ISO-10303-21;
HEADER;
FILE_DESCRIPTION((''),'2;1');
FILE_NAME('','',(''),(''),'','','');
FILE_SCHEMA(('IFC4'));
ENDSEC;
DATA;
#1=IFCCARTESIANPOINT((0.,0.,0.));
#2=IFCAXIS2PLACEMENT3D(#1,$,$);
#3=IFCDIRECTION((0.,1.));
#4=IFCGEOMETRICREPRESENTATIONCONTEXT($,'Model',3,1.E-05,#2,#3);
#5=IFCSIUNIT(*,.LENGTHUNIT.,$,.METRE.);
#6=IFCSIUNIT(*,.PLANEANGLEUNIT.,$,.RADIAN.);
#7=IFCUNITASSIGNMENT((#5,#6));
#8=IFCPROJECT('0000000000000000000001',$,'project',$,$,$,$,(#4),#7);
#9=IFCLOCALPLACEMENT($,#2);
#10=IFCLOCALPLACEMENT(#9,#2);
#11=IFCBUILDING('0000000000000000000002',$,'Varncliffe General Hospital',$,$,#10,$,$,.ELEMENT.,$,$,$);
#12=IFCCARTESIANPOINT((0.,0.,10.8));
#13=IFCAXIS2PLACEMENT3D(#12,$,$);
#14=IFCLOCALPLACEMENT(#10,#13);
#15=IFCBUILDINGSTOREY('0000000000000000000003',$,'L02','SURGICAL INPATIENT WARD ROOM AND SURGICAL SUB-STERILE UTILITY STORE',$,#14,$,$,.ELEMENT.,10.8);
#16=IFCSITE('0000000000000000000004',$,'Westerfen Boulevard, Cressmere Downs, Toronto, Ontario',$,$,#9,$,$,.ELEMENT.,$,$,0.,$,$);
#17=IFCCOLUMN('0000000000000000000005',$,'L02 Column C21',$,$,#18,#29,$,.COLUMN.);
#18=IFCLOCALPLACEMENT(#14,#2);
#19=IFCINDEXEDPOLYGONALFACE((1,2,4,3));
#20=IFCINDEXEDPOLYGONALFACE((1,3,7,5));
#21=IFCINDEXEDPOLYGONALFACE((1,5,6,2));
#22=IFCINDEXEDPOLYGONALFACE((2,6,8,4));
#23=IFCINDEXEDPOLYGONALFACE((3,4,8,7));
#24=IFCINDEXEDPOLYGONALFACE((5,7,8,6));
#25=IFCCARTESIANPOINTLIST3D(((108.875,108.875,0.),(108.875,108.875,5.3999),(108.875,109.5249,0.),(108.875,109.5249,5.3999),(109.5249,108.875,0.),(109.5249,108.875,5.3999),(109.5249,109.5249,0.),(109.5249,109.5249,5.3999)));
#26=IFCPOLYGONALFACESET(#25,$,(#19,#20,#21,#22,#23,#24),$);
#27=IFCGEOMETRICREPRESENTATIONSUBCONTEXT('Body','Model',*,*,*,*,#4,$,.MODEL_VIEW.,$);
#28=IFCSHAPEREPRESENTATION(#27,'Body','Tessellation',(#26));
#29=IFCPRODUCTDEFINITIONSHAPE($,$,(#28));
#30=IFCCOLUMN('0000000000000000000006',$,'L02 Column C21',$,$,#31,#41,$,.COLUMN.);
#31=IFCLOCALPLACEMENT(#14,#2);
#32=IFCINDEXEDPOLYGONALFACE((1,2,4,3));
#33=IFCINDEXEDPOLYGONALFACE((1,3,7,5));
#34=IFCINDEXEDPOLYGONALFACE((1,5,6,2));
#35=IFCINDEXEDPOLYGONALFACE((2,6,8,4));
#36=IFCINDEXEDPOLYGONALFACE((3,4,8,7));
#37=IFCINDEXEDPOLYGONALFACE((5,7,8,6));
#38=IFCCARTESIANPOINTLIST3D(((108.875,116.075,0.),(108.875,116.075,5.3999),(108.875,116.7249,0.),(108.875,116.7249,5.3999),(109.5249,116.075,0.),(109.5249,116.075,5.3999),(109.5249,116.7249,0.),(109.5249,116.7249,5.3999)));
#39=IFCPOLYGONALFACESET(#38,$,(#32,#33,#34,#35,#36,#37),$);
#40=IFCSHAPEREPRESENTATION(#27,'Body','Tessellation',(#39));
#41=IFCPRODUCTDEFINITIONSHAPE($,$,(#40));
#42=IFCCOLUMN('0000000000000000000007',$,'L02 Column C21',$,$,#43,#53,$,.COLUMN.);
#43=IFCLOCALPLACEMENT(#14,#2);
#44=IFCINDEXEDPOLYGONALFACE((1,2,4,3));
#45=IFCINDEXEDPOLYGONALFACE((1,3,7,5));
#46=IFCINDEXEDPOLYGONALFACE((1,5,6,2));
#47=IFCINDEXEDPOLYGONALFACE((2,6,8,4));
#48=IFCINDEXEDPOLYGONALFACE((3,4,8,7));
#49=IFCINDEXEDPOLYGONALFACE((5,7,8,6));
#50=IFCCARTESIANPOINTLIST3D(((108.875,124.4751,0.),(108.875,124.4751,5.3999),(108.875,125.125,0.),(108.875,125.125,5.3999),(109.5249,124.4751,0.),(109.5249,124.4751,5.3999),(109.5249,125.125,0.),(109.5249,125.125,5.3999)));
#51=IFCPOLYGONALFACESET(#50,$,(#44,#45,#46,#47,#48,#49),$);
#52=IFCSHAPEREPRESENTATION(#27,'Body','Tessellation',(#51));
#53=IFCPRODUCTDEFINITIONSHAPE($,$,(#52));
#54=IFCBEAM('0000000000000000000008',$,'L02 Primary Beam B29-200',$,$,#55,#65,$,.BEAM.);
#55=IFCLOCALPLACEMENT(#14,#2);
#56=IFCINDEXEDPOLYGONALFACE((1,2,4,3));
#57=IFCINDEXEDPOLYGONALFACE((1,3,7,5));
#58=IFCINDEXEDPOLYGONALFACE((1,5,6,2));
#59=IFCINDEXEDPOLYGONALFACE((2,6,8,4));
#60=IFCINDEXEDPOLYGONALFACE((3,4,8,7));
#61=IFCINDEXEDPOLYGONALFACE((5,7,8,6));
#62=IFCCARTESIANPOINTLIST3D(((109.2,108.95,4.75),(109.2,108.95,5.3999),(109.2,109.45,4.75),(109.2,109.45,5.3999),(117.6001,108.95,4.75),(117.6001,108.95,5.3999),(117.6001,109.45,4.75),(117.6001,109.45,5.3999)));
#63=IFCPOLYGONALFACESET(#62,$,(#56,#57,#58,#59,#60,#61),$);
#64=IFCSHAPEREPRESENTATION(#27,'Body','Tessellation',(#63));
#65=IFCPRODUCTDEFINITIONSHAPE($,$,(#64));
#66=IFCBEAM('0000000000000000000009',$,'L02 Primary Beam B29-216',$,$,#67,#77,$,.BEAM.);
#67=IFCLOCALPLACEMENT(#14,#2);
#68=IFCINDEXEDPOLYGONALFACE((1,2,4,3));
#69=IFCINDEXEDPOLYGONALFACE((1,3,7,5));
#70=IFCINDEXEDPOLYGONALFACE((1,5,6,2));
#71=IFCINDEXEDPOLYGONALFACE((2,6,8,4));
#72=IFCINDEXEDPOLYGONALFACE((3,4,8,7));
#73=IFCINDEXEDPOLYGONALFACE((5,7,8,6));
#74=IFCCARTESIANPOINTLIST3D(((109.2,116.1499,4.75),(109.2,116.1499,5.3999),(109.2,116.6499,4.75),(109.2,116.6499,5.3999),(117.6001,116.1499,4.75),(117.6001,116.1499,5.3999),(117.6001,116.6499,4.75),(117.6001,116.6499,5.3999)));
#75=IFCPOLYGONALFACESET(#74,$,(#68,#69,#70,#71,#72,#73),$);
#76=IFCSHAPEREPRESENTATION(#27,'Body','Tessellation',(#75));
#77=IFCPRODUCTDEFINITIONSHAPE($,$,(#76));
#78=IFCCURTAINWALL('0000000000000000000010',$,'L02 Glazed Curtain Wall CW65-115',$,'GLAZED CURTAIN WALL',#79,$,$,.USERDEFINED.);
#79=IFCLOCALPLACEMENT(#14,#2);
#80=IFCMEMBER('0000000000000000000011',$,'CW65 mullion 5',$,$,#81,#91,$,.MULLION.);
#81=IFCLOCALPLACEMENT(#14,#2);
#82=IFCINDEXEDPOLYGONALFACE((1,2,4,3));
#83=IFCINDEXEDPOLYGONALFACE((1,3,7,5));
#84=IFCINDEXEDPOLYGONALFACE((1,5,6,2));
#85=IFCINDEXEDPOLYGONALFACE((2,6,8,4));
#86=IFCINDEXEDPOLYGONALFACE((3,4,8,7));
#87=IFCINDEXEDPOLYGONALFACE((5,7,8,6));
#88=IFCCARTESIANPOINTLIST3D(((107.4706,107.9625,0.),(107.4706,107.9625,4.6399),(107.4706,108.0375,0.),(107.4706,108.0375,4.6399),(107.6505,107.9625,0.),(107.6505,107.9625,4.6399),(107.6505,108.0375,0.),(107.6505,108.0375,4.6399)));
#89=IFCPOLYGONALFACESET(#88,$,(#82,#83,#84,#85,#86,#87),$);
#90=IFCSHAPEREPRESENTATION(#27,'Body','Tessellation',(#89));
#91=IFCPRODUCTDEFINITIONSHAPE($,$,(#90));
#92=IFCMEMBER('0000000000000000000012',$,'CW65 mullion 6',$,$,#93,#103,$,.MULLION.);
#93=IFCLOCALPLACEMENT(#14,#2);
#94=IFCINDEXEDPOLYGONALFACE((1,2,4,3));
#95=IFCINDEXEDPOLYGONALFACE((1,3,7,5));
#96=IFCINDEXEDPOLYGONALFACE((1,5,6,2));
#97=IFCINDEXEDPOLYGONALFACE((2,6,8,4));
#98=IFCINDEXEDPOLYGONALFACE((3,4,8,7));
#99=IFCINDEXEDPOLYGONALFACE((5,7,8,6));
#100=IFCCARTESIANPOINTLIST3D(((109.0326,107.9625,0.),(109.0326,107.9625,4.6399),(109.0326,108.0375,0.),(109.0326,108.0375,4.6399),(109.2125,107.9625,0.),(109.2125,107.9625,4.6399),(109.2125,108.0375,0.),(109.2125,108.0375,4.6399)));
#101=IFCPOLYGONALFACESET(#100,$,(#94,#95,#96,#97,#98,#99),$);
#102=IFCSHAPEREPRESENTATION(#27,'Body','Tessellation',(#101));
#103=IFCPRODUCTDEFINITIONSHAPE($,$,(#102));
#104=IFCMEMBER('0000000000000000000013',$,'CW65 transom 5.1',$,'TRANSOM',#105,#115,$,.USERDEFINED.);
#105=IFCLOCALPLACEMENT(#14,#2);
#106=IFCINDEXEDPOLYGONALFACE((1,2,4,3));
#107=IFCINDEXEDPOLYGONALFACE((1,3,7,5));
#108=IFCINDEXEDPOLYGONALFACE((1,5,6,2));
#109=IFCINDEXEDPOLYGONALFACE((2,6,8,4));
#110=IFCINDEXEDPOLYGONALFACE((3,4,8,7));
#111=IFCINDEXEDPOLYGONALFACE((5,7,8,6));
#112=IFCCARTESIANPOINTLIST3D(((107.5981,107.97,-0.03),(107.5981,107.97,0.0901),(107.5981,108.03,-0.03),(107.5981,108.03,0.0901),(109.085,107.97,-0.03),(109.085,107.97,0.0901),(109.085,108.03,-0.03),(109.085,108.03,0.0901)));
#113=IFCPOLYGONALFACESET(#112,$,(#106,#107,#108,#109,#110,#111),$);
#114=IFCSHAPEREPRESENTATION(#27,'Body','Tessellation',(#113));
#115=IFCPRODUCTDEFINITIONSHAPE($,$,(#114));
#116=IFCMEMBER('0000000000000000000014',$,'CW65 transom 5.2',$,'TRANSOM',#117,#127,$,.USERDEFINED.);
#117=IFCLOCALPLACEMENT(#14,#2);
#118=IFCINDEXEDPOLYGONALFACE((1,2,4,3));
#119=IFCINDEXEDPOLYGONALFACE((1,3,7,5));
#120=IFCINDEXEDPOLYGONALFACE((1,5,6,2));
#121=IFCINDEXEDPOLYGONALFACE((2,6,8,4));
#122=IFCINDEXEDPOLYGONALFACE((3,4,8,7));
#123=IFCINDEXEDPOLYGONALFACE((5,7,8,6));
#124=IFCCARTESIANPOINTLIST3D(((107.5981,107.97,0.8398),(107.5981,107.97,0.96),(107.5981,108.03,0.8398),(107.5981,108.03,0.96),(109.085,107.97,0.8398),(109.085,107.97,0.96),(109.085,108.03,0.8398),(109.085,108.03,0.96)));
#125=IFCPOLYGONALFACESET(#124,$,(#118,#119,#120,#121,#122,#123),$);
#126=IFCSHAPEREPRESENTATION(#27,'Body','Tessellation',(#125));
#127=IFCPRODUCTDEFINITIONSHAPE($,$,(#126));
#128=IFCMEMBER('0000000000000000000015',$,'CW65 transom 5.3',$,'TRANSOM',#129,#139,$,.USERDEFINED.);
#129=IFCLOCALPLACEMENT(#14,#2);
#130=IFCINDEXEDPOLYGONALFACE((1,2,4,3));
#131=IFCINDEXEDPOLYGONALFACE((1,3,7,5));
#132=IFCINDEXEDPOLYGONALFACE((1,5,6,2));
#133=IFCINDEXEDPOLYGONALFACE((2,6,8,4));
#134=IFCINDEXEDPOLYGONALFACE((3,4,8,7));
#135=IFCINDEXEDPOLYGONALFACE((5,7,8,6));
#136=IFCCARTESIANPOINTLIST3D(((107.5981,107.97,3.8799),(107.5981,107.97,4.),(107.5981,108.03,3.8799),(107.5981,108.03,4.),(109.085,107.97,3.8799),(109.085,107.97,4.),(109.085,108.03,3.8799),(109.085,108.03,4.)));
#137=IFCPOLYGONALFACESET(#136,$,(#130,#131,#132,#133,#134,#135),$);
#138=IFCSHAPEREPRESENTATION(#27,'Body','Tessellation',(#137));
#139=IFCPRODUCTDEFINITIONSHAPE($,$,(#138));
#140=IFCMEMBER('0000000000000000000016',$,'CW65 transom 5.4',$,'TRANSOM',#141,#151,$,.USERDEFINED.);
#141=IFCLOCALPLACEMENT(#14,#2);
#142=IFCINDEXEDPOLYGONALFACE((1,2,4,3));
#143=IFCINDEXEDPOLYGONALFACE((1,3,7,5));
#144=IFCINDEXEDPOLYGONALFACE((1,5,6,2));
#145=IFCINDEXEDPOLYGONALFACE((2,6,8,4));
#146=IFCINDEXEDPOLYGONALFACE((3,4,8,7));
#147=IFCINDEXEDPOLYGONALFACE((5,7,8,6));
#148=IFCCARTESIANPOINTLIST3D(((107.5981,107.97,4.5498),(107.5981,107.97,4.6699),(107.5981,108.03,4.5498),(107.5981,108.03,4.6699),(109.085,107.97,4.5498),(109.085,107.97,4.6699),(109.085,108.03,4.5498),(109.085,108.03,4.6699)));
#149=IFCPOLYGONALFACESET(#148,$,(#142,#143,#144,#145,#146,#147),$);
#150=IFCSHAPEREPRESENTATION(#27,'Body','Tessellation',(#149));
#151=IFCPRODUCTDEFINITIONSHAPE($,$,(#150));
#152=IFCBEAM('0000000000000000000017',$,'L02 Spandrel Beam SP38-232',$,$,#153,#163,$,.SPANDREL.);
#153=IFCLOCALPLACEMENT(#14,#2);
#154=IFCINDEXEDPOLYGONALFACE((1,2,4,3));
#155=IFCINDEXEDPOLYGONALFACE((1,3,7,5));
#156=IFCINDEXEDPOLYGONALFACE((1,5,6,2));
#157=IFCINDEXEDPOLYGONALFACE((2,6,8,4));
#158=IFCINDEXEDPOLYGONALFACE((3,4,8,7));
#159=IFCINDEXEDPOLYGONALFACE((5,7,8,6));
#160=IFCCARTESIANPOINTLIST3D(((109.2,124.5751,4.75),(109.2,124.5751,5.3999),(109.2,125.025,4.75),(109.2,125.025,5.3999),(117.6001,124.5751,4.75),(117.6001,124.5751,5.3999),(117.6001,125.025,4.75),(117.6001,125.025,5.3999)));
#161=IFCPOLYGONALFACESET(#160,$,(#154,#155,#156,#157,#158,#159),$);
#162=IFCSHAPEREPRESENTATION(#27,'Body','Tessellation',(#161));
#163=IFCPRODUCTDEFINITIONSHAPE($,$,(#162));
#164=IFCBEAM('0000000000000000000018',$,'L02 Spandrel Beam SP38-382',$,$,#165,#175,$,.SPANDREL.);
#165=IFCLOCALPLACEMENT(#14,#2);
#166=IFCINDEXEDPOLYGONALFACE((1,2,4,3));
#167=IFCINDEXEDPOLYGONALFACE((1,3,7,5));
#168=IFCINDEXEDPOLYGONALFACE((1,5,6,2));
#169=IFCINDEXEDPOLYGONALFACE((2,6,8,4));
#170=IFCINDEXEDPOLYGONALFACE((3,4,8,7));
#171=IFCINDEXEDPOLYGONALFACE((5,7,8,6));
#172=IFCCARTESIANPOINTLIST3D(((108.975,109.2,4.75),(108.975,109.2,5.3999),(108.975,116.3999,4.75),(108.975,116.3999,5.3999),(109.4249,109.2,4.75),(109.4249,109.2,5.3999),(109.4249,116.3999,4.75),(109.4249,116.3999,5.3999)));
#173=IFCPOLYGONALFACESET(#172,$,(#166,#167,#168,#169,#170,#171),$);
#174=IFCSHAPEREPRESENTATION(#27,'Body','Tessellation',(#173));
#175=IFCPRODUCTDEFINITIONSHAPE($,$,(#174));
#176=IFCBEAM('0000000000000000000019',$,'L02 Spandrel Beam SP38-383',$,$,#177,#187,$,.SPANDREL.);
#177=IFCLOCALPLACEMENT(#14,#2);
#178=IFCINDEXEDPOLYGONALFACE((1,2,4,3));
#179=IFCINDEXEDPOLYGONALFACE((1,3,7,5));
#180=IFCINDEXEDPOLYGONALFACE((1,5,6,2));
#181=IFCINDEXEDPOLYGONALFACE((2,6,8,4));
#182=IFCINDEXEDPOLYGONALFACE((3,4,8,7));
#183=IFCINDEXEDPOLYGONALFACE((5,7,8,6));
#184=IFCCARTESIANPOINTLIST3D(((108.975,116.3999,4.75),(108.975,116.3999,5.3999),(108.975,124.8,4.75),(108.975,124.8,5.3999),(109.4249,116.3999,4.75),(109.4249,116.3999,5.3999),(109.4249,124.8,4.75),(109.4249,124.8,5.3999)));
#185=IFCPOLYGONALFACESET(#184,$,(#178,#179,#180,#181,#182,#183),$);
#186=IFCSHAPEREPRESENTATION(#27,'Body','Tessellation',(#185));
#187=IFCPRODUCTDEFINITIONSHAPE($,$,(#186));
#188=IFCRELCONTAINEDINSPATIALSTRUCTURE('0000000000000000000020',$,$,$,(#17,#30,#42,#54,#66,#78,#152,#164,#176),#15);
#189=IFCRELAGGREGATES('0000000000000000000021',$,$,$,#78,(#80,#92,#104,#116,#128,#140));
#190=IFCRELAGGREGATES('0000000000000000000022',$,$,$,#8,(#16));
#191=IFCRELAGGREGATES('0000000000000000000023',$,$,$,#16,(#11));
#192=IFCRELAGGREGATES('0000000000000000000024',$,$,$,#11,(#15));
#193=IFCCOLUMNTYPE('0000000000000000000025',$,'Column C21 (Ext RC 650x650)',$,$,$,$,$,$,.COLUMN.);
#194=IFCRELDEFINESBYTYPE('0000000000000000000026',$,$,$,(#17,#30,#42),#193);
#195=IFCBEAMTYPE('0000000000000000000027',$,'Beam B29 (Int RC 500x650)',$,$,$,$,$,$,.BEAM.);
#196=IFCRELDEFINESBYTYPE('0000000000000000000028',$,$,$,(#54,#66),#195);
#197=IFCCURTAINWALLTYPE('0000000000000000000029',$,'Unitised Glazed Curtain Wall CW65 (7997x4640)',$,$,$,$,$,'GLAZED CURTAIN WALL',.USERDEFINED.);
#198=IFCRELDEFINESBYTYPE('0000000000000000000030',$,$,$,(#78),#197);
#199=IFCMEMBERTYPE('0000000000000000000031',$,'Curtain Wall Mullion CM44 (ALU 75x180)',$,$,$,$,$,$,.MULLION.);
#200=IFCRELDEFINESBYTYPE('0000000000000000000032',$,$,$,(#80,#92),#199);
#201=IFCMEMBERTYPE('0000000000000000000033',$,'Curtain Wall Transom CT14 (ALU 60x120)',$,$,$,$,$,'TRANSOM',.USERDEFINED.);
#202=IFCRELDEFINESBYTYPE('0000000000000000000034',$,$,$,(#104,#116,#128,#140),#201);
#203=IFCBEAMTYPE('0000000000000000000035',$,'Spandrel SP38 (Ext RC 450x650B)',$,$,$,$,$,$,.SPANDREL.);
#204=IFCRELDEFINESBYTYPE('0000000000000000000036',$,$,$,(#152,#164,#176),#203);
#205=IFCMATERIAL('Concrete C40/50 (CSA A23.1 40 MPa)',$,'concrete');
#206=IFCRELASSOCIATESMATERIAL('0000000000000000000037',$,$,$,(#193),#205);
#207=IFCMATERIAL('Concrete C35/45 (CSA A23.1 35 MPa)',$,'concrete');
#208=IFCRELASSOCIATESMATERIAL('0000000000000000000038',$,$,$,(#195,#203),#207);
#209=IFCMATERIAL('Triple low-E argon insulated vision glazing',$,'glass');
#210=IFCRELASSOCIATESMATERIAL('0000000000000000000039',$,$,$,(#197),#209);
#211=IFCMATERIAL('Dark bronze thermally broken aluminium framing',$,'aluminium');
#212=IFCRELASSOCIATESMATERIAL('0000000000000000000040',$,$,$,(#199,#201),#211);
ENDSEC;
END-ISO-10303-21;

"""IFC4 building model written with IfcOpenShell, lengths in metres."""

from ifc_helpers import new_model, si_unit, direction, frame, origin, origin_2d, place, context, subcontext, project, spatial, rectangle, extrude, material, material_profile, profile_set, type_object, element, aggregate, save


model = new_model("IFC4")

# Units and contexts
model_context = context("Model", 3, precision=1e-05, world=origin(), true_north=direction((0.0, 1.0)))
body_context = subcontext(model_context, "Body", "Model", "MODEL_VIEW")
ifc_project = project(units=[si_unit("LENGTHUNIT", "METRE"), si_unit("PLANEANGLEUNIT", "RADIAN")], contexts=[model_context])

# Site, building, storey
site_placement = place(None, origin())
site = spatial("IfcSite", under=ifc_project, at=site_placement, Name="Westerfen Boulevard, Cressmere Downs, Toronto, Ontario", CompositionType="ELEMENT", RefElevation=0.0)
building_placement = place(site_placement, origin())
building = spatial("IfcBuilding", under=site, at=building_placement, Name="Varncliffe General Hospital", CompositionType="ELEMENT")
storey_placement = place(building_placement, frame((0.0, 0.0, 10.8)))
storey = spatial("IfcBuildingStorey", under=building, at=storey_placement, Name="L02", Description="SURGICAL INPATIENT WARD ROOM AND SURGICAL SUB-STERILE UTILITY STORE", CompositionType="ELEMENT", Elevation=10.8)

# Columns
ifc_material_1 = material(Name="Concrete C40/50 (CSA A23.1 40 MPa)", Category="concrete")
ifc_material_profile_1 = material_profile(ifc_material_1, rectangle(XDim=0.6499, YDim=0.6499, at=origin_2d()), Name="RC 650x650")
ifc_profile_set_1 = profile_set([ifc_material_profile_1], Name="Concrete C40/50 (CSA A23.1 40 MPa)")
column_type = type_object("IfcColumnType", Name="Column C21 (Ext RC 650x650)", PredefinedType="COLUMN", material=ifc_profile_set_1)
for number, where, z_axis, x_axis, name in (
    (1, (109.2, 109.2, 0.0), (0.0, 0.0, 1.0), (1.0, 0.0, 0.0), "L02 Column C21"),
    (2, (109.2, 116.3999, 0.0), (0.0, 0.0, 1.0), (1.0, 0.0, 0.0), "L02 Column C21"),
    (3, (109.2, 124.8, 0.0), (0.0, 0.0, 1.0), (1.0, 0.0, 0.0), "L02 Column C21"),
):
    element("IfcColumn", number, at=place(storey_placement, frame(where, z_axis=z_axis, x_axis=x_axis)), inside=storey, type_object=column_type, Name=name, PredefinedType="COLUMN", context=body_context, shape_type="SweptSolid", body=[
        extrude(rectangle(XDim=0.6499, YDim=0.6499, at=origin_2d()), origin(), (0.0, 0.0, 1.0), 5.3999),
    ])

# Beams
ifc_material_2 = material(Name="Concrete C35/45 (CSA A23.1 35 MPa)", Category="concrete")
ifc_material_profile_2 = material_profile(ifc_material_2, rectangle(XDim=0.5, YDim=0.6499, at=origin_2d()), Name="RC 500x650")
ifc_profile_set_2 = profile_set([ifc_material_profile_2], Name="Concrete C35/45 (CSA A23.1 35 MPa)")
beam_type_1 = type_object("IfcBeamType", Name="Beam B29 (Int RC 500x650)", PredefinedType="BEAM", material=ifc_profile_set_2)
for number, where, z_axis, x_axis, name in (
    (4, (109.2, 109.2, 5.075), (1.0, 0.0, 0.0), (0.0, 1.0, 0.0), "L02 Primary Beam B29-200"),
    (5, (109.2, 116.3999, 5.075), (1.0, 0.0, 0.0), (0.0, 1.0, 0.0), "L02 Primary Beam B29-216"),
):
    element("IfcBeam", number, at=place(storey_placement, frame(where, z_axis=z_axis, x_axis=x_axis)), inside=storey, type_object=beam_type_1, Name=name, PredefinedType="BEAM", context=body_context, shape_type="SweptSolid", body=[
        extrude(rectangle(XDim=0.5, YDim=0.6499, at=origin_2d()), origin(), (0.0, 0.0, 1.0), 8.4001),
    ])

# Curtain wall, members
ifc_material_3 = material(Name="Triple low-E argon insulated vision glazing", Category="glass")
curtain_wall_type = type_object("IfcCurtainWallType", Name="Unitised Glazed Curtain Wall CW65 (7997x4640)", ElementType="GLAZED CURTAIN WALL", PredefinedType="USERDEFINED", material=ifc_material_3)
curtain_wall_placement = place(storey_placement, origin())
curtain_wall = element("IfcCurtainWall", 6, at=curtain_wall_placement, inside=storey, type_object=curtain_wall_type, Name="L02 Glazed Curtain Wall CW65-115", ObjectType="GLAZED CURTAIN WALL", PredefinedType="USERDEFINED")
ifc_material_4 = material(Name="Dark bronze thermally broken aluminium framing", Category="aluminium")
ifc_material_profile_3 = material_profile(ifc_material_4, rectangle(XDim=0.075, YDim=0.1799, at=origin_2d()), Name="ALU 75x180")
ifc_profile_set_3 = profile_set([ifc_material_profile_3], Name="Dark bronze thermally broken aluminium framing")
member_type_1 = type_object("IfcMemberType", Name="Curtain Wall Mullion CM44 (ALU 75x180)", PredefinedType="MULLION", material=ifc_profile_set_3)
member_1_placement = place(storey_placement, frame((107.5605, 108.0, 0.0), z_axis=(0.0, 0.0, 1.0), x_axis=(0.0, 1.0, 0.0)))
member_1 = element("IfcMember", 7, at=member_1_placement, type_object=member_type_1, Name="CW65 mullion 5", PredefinedType="MULLION", context=body_context, shape_type="SweptSolid", body=[
    extrude(rectangle(XDim=0.075, YDim=0.1799, at=origin_2d()), origin(), (0.0, 0.0, 1.0), 4.6399),
])
member_2_placement = place(storey_placement, frame((109.1226, 108.0, 0.0), z_axis=(0.0, 0.0, 1.0), x_axis=(0.0, 1.0, 0.0)))
member_2 = element("IfcMember", 8, at=member_2_placement, type_object=member_type_1, Name="CW65 mullion 6", PredefinedType="MULLION", context=body_context, shape_type="SweptSolid", body=[
    extrude(rectangle(XDim=0.075, YDim=0.1799, at=origin_2d()), origin(), (0.0, 0.0, 1.0), 4.6399),
])
ifc_material_profile_4 = material_profile(ifc_material_4, rectangle(XDim=0.0601, YDim=0.1201, at=origin_2d()), Name="ALU 60x120")
ifc_profile_set_4 = profile_set([ifc_material_profile_4], Name="Dark bronze thermally broken aluminium framing")
member_type_2 = type_object("IfcMemberType", Name="Curtain Wall Transom CT14 (ALU 60x120)", ElementType="TRANSOM", PredefinedType="USERDEFINED", material=ifc_profile_set_4)
member_3_placement = place(storey_placement, frame((107.5981, 108.0, 0.03), z_axis=(1.0, 0.0, 0.0), x_axis=(0.0, 1.0, 0.0)))
member_3 = element("IfcMember", 9, at=member_3_placement, type_object=member_type_2, Name="CW65 transom 5.1", ObjectType="TRANSOM", PredefinedType="USERDEFINED", context=body_context, shape_type="SweptSolid", body=[
    extrude(rectangle(XDim=0.0601, YDim=0.1201, at=origin_2d()), origin(), (0.0, 0.0, 1.0), 1.4868),
])
member_4_placement = place(storey_placement, frame((107.5981, 108.0, 0.8999), z_axis=(1.0, 0.0, 0.0), x_axis=(0.0, 1.0, 0.0)))
member_4 = element("IfcMember", 10, at=member_4_placement, type_object=member_type_2, Name="CW65 transom 5.2", ObjectType="TRANSOM", PredefinedType="USERDEFINED", context=body_context, shape_type="SweptSolid", body=[
    extrude(rectangle(XDim=0.0601, YDim=0.1201, at=origin_2d()), origin(), (0.0, 0.0, 1.0), 1.4868),
])
member_5_placement = place(storey_placement, frame((107.5981, 108.0, 3.9399), z_axis=(1.0, 0.0, 0.0), x_axis=(0.0, 1.0, 0.0)))
member_5 = element("IfcMember", 11, at=member_5_placement, type_object=member_type_2, Name="CW65 transom 5.3", ObjectType="TRANSOM", PredefinedType="USERDEFINED", context=body_context, shape_type="SweptSolid", body=[
    extrude(rectangle(XDim=0.0601, YDim=0.1201, at=origin_2d()), origin(), (0.0, 0.0, 1.0), 1.4868),
])
member_6_placement = place(storey_placement, frame((107.5981, 108.0, 4.6099), z_axis=(1.0, 0.0, 0.0), x_axis=(0.0, 1.0, 0.0)))
member_6 = element("IfcMember", 12, at=member_6_placement, type_object=member_type_2, Name="CW65 transom 5.4", ObjectType="TRANSOM", PredefinedType="USERDEFINED", context=body_context, shape_type="SweptSolid", body=[
    extrude(rectangle(XDim=0.0601, YDim=0.1201, at=origin_2d()), origin(), (0.0, 0.0, 1.0), 1.4868),
])

# Beams
ifc_material_profile_5 = material_profile(ifc_material_2, rectangle(XDim=0.45, YDim=0.6499, at=origin_2d()), Name="RC 450x650")
ifc_profile_set_5 = profile_set([ifc_material_profile_5], Name="Concrete C35/45 (CSA A23.1 35 MPa)")
beam_type_2 = type_object("IfcBeamType", Name="Spandrel SP38 (Ext RC 450x650B)", PredefinedType="SPANDREL", material=ifc_profile_set_5)
beam_1_placement = place(storey_placement, frame((109.2, 124.8, 5.075), z_axis=(1.0, 0.0, 0.0), x_axis=(0.0, 1.0, 0.0)))
element("IfcBeam", 13, at=beam_1_placement, inside=storey, type_object=beam_type_2, Name="L02 Spandrel Beam SP38-232", PredefinedType="SPANDREL", context=body_context, shape_type="SweptSolid", body=[
    extrude(rectangle(XDim=0.45, YDim=0.6499, at=origin_2d()), origin(), (0.0, 0.0, 1.0), 8.4001),
])
beam_2_placement = place(storey_placement, frame((109.2, 109.2, 5.075), z_axis=(0.0, 1.0, 0.0), x_axis=(-1.0, 0.0, 0.0)))
element("IfcBeam", 14, at=beam_2_placement, inside=storey, type_object=beam_type_2, Name="L02 Spandrel Beam SP38-382", PredefinedType="SPANDREL", context=body_context, shape_type="SweptSolid", body=[
    extrude(rectangle(XDim=0.45, YDim=0.6499, at=origin_2d()), origin(), (0.0, 0.0, 1.0), 7.2),
])
beam_3_placement = place(storey_placement, frame((109.2, 116.3999, 5.075), z_axis=(0.0, 1.0, 0.0), x_axis=(-1.0, 0.0, 0.0)))
element("IfcBeam", 15, at=beam_3_placement, inside=storey, type_object=beam_type_2, Name="L02 Spandrel Beam SP38-383", PredefinedType="SPANDREL", context=body_context, shape_type="SweptSolid", body=[
    extrude(rectangle(XDim=0.45, YDim=0.6499, at=origin_2d()), origin(), (0.0, 0.0, 1.0), 8.4001),
])

aggregate(curtain_wall, [member_1, member_2, member_3, member_4, member_5, member_6])

save(model, "model.ifc")
